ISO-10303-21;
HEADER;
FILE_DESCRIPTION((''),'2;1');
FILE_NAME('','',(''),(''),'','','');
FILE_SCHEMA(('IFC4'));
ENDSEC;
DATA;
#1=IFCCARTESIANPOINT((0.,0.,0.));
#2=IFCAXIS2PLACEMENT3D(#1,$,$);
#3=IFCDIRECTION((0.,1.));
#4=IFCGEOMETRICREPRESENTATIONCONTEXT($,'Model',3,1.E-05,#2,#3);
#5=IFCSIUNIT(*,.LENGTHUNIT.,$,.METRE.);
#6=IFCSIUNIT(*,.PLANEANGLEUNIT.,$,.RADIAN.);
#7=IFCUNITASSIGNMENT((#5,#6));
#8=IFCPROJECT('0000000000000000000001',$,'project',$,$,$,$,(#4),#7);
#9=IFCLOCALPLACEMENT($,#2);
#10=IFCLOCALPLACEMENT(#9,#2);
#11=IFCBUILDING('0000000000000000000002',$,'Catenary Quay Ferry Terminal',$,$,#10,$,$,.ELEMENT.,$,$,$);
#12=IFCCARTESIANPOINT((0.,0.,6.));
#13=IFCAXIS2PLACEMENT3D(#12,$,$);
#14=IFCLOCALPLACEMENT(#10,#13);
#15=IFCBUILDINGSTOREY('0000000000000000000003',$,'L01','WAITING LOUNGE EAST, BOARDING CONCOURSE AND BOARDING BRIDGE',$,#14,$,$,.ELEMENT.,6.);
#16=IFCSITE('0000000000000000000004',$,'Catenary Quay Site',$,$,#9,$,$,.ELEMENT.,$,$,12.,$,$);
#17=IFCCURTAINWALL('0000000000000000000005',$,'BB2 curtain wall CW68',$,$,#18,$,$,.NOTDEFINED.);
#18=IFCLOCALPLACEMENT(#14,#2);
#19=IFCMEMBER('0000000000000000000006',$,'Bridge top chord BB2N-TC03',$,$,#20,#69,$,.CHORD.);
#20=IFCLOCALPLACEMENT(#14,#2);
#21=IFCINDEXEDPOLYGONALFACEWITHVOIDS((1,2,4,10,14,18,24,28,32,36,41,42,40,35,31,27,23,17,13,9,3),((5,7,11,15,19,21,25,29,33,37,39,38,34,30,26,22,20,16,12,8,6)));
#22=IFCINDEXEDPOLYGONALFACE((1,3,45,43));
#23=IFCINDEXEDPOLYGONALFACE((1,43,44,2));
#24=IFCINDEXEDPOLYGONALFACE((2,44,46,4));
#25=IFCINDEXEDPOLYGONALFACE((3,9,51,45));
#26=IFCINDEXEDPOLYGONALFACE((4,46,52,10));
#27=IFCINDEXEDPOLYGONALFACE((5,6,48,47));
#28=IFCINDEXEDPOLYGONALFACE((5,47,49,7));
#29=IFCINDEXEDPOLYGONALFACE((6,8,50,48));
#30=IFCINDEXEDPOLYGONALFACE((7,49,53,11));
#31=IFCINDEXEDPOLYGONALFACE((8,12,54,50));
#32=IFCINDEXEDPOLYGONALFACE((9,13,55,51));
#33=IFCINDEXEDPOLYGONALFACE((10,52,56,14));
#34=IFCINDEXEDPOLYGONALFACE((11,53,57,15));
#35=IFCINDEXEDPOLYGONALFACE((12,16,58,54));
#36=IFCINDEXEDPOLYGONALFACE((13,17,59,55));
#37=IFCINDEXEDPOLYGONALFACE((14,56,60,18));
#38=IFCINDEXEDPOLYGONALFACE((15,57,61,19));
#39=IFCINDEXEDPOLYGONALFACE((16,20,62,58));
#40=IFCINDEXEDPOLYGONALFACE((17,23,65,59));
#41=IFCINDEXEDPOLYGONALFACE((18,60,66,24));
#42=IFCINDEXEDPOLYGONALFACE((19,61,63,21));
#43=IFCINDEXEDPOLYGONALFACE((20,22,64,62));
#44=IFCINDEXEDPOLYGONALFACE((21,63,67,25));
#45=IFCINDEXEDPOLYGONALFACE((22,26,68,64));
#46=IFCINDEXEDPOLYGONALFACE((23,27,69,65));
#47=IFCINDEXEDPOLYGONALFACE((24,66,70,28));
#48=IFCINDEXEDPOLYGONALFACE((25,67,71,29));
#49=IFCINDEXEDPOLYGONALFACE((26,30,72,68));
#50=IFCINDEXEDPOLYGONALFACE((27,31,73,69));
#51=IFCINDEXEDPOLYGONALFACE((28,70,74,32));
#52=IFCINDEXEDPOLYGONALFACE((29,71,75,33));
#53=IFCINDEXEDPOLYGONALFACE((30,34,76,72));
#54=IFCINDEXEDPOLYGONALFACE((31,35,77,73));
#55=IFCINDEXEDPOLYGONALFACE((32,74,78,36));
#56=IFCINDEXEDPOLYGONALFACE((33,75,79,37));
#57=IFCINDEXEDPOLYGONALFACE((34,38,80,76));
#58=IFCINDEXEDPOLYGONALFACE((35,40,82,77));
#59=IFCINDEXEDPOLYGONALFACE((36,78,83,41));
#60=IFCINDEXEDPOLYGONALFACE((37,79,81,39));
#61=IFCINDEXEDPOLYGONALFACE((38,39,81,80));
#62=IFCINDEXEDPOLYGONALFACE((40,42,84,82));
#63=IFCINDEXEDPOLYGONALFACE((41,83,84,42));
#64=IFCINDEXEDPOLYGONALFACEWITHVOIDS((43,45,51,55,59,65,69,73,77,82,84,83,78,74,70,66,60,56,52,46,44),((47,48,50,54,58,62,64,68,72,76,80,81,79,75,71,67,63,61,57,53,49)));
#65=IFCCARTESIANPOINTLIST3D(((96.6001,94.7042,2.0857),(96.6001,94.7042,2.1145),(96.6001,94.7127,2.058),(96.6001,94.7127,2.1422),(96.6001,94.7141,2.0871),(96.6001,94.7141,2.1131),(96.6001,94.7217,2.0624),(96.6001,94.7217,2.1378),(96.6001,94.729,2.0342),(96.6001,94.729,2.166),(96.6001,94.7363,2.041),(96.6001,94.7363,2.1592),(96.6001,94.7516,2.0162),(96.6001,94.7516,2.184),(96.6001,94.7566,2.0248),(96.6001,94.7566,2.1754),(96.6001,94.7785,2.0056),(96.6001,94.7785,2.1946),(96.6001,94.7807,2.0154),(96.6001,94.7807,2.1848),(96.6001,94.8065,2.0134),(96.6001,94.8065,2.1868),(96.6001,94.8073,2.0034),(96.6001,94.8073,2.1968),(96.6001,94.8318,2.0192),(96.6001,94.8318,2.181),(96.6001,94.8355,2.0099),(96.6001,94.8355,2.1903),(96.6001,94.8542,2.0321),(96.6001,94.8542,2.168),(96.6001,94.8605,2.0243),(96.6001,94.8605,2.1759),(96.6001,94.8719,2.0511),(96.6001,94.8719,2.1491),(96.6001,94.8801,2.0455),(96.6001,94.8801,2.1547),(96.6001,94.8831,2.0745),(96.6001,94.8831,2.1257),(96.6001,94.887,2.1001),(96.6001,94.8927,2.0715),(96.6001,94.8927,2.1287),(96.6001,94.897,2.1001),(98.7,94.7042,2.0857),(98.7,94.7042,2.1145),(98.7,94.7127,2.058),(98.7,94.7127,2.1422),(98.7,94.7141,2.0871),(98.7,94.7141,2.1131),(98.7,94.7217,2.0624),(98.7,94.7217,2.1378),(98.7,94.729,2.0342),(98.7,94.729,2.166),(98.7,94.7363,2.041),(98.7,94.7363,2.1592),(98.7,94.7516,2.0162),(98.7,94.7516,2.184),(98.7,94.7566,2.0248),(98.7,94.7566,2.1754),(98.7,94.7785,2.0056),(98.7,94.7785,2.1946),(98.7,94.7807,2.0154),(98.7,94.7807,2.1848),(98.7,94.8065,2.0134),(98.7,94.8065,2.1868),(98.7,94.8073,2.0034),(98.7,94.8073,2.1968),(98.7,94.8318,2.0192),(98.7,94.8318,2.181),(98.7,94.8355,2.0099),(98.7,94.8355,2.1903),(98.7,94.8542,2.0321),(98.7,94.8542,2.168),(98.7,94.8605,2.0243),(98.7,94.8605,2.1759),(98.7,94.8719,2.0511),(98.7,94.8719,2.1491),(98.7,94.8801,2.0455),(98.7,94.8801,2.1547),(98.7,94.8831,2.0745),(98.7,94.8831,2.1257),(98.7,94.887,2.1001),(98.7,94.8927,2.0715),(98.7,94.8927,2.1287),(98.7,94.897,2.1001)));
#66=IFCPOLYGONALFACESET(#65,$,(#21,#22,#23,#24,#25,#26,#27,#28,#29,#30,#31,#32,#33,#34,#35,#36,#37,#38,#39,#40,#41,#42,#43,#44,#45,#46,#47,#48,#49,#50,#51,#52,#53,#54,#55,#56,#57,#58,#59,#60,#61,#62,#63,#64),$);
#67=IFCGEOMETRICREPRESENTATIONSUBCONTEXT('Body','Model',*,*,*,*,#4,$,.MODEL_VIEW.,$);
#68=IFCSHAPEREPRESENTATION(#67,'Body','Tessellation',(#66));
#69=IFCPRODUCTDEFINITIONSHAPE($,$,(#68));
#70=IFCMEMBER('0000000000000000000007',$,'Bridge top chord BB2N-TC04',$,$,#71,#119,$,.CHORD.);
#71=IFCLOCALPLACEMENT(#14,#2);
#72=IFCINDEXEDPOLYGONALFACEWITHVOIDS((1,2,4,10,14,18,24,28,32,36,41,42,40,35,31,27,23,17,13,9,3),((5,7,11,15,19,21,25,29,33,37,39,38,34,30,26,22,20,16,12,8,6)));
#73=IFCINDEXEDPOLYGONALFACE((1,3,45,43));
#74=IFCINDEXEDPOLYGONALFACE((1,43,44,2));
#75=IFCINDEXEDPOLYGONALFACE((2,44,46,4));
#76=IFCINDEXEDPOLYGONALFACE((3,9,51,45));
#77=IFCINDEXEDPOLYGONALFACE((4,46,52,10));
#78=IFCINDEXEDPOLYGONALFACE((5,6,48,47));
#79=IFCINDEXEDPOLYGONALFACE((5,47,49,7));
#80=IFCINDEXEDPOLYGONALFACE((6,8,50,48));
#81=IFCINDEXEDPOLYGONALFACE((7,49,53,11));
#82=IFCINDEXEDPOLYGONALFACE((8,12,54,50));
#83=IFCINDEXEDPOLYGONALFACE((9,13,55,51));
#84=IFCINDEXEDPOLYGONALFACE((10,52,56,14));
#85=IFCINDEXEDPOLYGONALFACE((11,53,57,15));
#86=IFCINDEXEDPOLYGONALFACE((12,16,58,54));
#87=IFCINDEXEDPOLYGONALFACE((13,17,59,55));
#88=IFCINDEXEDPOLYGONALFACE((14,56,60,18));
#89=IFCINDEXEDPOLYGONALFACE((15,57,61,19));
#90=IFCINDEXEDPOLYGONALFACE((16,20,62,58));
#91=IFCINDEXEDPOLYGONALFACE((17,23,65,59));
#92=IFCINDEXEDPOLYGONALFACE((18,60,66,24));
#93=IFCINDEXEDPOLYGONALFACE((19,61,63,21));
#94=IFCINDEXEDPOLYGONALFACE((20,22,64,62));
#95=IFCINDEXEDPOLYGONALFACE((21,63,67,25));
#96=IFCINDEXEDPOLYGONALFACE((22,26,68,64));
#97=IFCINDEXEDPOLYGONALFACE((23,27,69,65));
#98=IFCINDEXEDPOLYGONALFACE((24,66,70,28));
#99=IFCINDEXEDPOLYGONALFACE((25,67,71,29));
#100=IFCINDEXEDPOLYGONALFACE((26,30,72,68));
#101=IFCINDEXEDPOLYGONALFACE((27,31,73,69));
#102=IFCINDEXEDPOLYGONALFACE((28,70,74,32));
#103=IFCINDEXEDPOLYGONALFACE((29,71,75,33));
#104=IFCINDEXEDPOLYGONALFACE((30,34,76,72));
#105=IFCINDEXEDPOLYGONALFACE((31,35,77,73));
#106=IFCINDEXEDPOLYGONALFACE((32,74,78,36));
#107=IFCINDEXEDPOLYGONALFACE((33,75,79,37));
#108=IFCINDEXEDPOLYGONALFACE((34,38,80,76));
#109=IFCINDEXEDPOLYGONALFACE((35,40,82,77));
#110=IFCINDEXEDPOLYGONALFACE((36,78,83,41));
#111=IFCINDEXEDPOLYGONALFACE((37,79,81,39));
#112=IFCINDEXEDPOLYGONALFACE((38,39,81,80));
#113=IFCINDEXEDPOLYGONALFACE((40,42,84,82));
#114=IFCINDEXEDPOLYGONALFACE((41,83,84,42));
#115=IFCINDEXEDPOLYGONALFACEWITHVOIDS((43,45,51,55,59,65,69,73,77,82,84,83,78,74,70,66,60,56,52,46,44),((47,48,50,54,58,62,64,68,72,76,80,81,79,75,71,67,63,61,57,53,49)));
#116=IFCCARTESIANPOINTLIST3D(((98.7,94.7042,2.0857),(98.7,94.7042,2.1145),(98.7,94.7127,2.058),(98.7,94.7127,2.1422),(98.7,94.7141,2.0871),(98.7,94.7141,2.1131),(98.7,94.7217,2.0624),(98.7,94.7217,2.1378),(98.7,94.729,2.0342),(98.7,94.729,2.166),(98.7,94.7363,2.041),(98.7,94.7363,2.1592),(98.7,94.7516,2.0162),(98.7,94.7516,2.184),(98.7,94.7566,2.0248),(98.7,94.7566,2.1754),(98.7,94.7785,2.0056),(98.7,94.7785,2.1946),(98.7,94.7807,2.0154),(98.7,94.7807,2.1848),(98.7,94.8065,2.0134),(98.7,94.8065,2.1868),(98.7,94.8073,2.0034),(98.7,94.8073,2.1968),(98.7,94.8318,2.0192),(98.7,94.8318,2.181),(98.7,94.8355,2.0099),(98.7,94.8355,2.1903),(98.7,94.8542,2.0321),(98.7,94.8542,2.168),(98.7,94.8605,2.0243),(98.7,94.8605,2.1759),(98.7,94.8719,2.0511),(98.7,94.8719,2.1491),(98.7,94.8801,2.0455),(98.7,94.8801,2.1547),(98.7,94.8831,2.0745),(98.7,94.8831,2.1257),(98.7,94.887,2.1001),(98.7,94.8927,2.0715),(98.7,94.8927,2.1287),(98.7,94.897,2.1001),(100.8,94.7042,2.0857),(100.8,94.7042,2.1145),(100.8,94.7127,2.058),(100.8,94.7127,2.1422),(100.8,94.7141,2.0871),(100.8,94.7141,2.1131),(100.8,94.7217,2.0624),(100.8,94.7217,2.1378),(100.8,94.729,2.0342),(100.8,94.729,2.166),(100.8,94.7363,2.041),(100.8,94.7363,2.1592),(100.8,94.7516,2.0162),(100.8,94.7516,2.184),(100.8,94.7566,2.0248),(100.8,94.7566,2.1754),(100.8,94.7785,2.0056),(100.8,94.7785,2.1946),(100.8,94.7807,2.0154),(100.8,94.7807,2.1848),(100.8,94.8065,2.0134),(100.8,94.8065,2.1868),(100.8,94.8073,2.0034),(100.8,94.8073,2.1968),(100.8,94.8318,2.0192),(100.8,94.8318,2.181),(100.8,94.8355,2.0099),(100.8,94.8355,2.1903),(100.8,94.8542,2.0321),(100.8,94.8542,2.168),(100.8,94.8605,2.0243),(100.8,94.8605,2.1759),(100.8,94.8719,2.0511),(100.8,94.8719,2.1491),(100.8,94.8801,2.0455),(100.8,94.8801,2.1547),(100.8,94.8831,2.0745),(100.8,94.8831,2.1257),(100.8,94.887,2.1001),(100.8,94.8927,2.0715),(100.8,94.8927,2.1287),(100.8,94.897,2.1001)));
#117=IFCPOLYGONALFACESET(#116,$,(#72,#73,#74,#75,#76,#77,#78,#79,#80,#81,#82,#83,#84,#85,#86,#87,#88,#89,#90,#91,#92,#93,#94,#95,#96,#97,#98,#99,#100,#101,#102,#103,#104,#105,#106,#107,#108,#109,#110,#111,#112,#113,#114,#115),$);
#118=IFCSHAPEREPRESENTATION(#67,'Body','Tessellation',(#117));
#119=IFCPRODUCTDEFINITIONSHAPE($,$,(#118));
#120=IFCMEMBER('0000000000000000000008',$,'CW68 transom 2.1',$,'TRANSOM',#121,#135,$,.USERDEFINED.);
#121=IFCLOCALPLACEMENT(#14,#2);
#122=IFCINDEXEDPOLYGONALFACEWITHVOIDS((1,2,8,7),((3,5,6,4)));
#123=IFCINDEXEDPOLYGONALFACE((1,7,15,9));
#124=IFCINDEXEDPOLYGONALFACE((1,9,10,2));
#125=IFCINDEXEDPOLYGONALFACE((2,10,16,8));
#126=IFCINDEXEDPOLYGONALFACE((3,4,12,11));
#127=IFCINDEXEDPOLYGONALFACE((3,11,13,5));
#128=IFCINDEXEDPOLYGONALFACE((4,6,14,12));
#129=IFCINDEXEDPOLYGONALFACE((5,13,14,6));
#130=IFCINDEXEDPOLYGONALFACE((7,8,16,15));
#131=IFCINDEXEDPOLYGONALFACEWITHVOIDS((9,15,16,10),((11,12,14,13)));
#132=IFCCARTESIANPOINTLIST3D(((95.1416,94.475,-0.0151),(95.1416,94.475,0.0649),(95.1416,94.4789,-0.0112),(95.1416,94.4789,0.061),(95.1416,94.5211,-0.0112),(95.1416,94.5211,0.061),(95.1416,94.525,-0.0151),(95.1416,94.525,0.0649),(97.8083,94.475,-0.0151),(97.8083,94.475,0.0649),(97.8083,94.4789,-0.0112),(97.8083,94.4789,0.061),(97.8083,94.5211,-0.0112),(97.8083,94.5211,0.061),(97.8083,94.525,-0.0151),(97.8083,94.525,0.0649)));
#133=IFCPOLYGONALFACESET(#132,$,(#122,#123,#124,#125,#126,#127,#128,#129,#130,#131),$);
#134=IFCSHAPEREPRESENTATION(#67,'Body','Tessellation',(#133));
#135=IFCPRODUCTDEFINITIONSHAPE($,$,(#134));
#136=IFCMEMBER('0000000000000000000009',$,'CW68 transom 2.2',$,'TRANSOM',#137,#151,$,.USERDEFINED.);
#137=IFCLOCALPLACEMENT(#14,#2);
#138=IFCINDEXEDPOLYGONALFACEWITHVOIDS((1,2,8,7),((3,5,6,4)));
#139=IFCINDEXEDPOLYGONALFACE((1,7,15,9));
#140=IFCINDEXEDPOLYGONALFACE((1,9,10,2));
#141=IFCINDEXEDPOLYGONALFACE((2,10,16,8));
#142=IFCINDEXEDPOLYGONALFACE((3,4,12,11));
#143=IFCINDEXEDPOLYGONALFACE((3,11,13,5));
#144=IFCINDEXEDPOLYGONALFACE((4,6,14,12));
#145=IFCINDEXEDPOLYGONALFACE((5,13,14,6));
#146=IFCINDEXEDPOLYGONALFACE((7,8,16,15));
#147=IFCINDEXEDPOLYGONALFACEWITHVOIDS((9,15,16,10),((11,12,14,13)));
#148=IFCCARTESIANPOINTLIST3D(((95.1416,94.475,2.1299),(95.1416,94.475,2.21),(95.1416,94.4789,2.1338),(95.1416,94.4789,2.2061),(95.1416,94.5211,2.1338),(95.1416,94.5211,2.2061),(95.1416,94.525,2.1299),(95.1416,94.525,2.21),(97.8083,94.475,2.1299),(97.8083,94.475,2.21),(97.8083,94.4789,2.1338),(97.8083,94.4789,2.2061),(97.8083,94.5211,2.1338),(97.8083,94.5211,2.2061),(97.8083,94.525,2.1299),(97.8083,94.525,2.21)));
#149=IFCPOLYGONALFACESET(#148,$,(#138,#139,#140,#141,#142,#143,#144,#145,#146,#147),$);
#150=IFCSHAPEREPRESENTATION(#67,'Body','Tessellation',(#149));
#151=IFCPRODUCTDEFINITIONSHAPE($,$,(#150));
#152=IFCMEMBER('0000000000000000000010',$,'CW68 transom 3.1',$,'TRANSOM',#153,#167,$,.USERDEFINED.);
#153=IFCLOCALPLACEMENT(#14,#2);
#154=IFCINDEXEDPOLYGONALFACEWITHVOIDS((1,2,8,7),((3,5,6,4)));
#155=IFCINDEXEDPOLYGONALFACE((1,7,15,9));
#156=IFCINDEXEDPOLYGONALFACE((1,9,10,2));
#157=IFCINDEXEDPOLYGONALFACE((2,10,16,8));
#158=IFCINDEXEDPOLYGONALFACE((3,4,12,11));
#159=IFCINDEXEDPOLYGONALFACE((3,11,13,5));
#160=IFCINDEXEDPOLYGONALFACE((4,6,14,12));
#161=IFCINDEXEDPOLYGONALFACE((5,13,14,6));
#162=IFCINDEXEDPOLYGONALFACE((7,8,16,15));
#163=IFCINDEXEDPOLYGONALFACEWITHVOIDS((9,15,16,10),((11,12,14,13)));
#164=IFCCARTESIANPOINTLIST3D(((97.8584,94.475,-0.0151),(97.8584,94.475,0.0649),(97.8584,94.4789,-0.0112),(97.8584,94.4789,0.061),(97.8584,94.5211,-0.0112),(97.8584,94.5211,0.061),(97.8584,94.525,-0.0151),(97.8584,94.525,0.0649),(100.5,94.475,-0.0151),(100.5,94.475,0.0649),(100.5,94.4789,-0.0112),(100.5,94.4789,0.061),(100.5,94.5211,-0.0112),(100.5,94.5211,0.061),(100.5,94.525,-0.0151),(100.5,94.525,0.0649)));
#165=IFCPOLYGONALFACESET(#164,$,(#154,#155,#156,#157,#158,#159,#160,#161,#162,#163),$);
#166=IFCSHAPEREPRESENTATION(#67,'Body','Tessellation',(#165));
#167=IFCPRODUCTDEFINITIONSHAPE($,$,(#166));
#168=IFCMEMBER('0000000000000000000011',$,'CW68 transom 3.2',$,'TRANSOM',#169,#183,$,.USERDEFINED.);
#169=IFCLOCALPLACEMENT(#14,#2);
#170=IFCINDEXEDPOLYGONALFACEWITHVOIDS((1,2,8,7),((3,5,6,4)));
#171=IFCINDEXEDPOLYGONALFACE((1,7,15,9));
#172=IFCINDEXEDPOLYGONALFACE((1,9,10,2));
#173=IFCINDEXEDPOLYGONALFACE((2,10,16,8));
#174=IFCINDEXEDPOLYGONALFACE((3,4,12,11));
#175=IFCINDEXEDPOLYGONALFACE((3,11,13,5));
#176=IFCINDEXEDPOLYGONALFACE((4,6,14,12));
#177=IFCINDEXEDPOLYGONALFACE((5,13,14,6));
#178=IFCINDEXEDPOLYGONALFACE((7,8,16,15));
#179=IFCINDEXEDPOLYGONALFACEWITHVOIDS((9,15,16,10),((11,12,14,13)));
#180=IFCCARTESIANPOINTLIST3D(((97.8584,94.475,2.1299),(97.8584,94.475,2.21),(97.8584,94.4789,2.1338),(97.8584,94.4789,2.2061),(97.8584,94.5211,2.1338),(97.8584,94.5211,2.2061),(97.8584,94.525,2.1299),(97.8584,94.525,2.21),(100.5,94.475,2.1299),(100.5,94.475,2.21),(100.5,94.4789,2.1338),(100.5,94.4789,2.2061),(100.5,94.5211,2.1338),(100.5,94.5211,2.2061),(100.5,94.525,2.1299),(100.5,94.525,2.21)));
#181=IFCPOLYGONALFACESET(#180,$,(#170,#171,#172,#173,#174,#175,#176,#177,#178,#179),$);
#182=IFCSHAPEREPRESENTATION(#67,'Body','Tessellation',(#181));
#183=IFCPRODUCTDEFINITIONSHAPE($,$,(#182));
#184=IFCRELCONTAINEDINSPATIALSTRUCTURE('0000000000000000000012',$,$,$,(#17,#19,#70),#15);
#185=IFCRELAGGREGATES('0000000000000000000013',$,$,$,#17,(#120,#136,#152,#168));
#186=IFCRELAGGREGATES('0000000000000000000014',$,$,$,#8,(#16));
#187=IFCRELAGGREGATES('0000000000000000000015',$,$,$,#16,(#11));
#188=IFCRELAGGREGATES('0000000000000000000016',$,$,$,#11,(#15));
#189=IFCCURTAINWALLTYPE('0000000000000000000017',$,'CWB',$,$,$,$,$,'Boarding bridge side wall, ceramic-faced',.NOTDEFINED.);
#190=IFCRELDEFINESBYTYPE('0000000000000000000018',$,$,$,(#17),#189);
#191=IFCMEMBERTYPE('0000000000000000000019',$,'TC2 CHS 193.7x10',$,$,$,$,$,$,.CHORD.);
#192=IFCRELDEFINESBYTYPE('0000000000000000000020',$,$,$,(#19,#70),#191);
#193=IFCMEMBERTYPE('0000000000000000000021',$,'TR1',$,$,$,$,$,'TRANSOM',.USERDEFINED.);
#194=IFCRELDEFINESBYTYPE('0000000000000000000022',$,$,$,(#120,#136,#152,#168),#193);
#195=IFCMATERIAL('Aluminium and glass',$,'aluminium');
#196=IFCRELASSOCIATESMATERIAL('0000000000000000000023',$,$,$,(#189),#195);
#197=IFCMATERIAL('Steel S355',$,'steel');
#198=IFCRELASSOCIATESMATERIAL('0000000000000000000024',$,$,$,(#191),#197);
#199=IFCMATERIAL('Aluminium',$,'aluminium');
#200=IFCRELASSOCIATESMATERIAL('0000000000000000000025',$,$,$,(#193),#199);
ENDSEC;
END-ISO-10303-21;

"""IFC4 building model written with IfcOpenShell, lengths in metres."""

from ifc_helpers import new_model, si_unit, direction, frame, origin, origin_2d, place, context, subcontext, project, spatial, hollow_rectangle, hollow_circle, extrude, material, material_profile, profile_set, type_object, element, aggregate, save


model = new_model("IFC4")

# Units and contexts
model_context = context("Model", 3, precision=1e-05, world=origin(), true_north=direction((0.0, 1.0)))
body_context = subcontext(model_context, "Body", "Model", "MODEL_VIEW")
ifc_project = project(units=[si_unit("LENGTHUNIT", "METRE"), si_unit("PLANEANGLEUNIT", "RADIAN")], contexts=[model_context])

# Site, building, storey
site_placement = place(None, origin())
site = spatial("IfcSite", under=ifc_project, at=site_placement, Name="Catenary Quay Site", CompositionType="ELEMENT", RefElevation=12.0)
building_placement = place(site_placement, origin())
building = spatial("IfcBuilding", under=site, at=building_placement, Name="Catenary Quay Ferry Terminal", CompositionType="ELEMENT")
storey_placement = place(building_placement, frame((0.0, 0.0, 6.0)))
storey = spatial("IfcBuildingStorey", under=building, at=storey_placement, Name="L01", Description="WAITING LOUNGE EAST, BOARDING CONCOURSE AND BOARDING BRIDGE", CompositionType="ELEMENT", Elevation=6.0)

# Curtain wall
ifc_material_1 = material(Name="Aluminium and glass", Category="aluminium")
curtain_wall_type = type_object("IfcCurtainWallType", Name="CWB", ElementType="Boarding bridge side wall, ceramic-faced", PredefinedType="NOTDEFINED", material=ifc_material_1)
curtain_wall_placement = place(storey_placement, origin())
curtain_wall = element("IfcCurtainWall", 1, at=curtain_wall_placement, inside=storey, type_object=curtain_wall_type, Name="BB2 curtain wall CW68", PredefinedType="NOTDEFINED")

# Members
ifc_material_2 = material(Name="Steel S355", Category="steel")
ifc_material_profile_1 = material_profile(ifc_material_2, hollow_circle(Radius=0.0969, WallThickness=0.01, at=origin_2d()), Name="CHS 193.7x10")
ifc_profile_set_1 = profile_set([ifc_material_profile_1], Name="Steel S355")
member_type_1 = type_object("IfcMemberType", Name="TC2 CHS 193.7x10", PredefinedType="CHORD", material=ifc_profile_set_1)
member_1_placement = place(storey_placement, frame((96.6001, 94.8, 2.1001), z_axis=(1.0, 0.0, 0.0), x_axis=(0.0, 1.0, 0.0)))
element("IfcMember", 2, at=member_1_placement, inside=storey, type_object=member_type_1, Name="Bridge top chord BB2N-TC03", PredefinedType="CHORD", context=body_context, shape_type="SweptSolid", body=[
    extrude(hollow_circle(Radius=0.0969, WallThickness=0.01, at=origin_2d()), origin(), (0.0, 0.0, 1.0), 2.0999),
])
member_2_placement = place(storey_placement, frame((98.7, 94.8, 2.1001), z_axis=(1.0, 0.0, 0.0), x_axis=(0.0, 1.0, 0.0)))
element("IfcMember", 3, at=member_2_placement, inside=storey, type_object=member_type_1, Name="Bridge top chord BB2N-TC04", PredefinedType="CHORD", context=body_context, shape_type="SweptSolid", body=[
    extrude(hollow_circle(Radius=0.0969, WallThickness=0.01, at=origin_2d()), origin(), (0.0, 0.0, 1.0), 2.1001),
])

# Members
ifc_material_3 = material(Name="Aluminium", Category="aluminium")
ifc_material_profile_2 = material_profile(ifc_material_3, hollow_rectangle(XDim=0.05, YDim=0.0801, WallThickness=0.0039, at=origin_2d()), Name="TR1")
ifc_profile_set_2 = profile_set([ifc_material_profile_2], Name="Aluminium")
member_type_2 = type_object("IfcMemberType", Name="TR1", ElementType="TRANSOM", PredefinedType="USERDEFINED", material=ifc_profile_set_2)
member_3_placement = place(storey_placement, frame((95.1416, 94.5, 0.0249), z_axis=(1.0, 0.0, 0.0), x_axis=(0.0, 1.0, 0.0)))
member_3 = element("IfcMember", 4, at=member_3_placement, type_object=member_type_2, Name="CW68 transom 2.1", ObjectType="TRANSOM", PredefinedType="USERDEFINED", context=body_context, shape_type="SweptSolid", body=[
    extrude(hollow_rectangle(XDim=0.05, YDim=0.0801, WallThickness=0.0039, at=origin_2d()), origin(), (0.0, 0.0, 1.0), 2.6667),
])
member_4_placement = place(storey_placement, frame((95.1416, 94.5, 2.1699), z_axis=(1.0, 0.0, 0.0), x_axis=(0.0, 1.0, 0.0)))
member_4 = element("IfcMember", 5, at=member_4_placement, type_object=member_type_2, Name="CW68 transom 2.2", ObjectType="TRANSOM", PredefinedType="USERDEFINED", context=body_context, shape_type="SweptSolid", body=[
    extrude(hollow_rectangle(XDim=0.05, YDim=0.0801, WallThickness=0.0039, at=origin_2d()), origin(), (0.0, 0.0, 1.0), 2.6667),
])
member_5_placement = place(storey_placement, frame((97.8584, 94.5, 0.0249), z_axis=(1.0, 0.0, 0.0), x_axis=(0.0, 1.0, 0.0)))
member_5 = element("IfcMember", 6, at=member_5_placement, type_object=member_type_2, Name="CW68 transom 3.1", ObjectType="TRANSOM", PredefinedType="USERDEFINED", context=body_context, shape_type="SweptSolid", body=[
    extrude(hollow_rectangle(XDim=0.05, YDim=0.0801, WallThickness=0.0039, at=origin_2d()), origin(), (0.0, 0.0, 1.0), 2.6416),
])
member_6_placement = place(storey_placement, frame((97.8584, 94.5, 2.1699), z_axis=(1.0, 0.0, 0.0), x_axis=(0.0, 1.0, 0.0)))
member_6 = element("IfcMember", 7, at=member_6_placement, type_object=member_type_2, Name="CW68 transom 3.2", ObjectType="TRANSOM", PredefinedType="USERDEFINED", context=body_context, shape_type="SweptSolid", body=[
    extrude(hollow_rectangle(XDim=0.05, YDim=0.0801, WallThickness=0.0039, at=origin_2d()), origin(), (0.0, 0.0, 1.0), 2.6416),
])

aggregate(curtain_wall, [member_3, member_4, member_5, member_6])

save(model, "model.ifc")
